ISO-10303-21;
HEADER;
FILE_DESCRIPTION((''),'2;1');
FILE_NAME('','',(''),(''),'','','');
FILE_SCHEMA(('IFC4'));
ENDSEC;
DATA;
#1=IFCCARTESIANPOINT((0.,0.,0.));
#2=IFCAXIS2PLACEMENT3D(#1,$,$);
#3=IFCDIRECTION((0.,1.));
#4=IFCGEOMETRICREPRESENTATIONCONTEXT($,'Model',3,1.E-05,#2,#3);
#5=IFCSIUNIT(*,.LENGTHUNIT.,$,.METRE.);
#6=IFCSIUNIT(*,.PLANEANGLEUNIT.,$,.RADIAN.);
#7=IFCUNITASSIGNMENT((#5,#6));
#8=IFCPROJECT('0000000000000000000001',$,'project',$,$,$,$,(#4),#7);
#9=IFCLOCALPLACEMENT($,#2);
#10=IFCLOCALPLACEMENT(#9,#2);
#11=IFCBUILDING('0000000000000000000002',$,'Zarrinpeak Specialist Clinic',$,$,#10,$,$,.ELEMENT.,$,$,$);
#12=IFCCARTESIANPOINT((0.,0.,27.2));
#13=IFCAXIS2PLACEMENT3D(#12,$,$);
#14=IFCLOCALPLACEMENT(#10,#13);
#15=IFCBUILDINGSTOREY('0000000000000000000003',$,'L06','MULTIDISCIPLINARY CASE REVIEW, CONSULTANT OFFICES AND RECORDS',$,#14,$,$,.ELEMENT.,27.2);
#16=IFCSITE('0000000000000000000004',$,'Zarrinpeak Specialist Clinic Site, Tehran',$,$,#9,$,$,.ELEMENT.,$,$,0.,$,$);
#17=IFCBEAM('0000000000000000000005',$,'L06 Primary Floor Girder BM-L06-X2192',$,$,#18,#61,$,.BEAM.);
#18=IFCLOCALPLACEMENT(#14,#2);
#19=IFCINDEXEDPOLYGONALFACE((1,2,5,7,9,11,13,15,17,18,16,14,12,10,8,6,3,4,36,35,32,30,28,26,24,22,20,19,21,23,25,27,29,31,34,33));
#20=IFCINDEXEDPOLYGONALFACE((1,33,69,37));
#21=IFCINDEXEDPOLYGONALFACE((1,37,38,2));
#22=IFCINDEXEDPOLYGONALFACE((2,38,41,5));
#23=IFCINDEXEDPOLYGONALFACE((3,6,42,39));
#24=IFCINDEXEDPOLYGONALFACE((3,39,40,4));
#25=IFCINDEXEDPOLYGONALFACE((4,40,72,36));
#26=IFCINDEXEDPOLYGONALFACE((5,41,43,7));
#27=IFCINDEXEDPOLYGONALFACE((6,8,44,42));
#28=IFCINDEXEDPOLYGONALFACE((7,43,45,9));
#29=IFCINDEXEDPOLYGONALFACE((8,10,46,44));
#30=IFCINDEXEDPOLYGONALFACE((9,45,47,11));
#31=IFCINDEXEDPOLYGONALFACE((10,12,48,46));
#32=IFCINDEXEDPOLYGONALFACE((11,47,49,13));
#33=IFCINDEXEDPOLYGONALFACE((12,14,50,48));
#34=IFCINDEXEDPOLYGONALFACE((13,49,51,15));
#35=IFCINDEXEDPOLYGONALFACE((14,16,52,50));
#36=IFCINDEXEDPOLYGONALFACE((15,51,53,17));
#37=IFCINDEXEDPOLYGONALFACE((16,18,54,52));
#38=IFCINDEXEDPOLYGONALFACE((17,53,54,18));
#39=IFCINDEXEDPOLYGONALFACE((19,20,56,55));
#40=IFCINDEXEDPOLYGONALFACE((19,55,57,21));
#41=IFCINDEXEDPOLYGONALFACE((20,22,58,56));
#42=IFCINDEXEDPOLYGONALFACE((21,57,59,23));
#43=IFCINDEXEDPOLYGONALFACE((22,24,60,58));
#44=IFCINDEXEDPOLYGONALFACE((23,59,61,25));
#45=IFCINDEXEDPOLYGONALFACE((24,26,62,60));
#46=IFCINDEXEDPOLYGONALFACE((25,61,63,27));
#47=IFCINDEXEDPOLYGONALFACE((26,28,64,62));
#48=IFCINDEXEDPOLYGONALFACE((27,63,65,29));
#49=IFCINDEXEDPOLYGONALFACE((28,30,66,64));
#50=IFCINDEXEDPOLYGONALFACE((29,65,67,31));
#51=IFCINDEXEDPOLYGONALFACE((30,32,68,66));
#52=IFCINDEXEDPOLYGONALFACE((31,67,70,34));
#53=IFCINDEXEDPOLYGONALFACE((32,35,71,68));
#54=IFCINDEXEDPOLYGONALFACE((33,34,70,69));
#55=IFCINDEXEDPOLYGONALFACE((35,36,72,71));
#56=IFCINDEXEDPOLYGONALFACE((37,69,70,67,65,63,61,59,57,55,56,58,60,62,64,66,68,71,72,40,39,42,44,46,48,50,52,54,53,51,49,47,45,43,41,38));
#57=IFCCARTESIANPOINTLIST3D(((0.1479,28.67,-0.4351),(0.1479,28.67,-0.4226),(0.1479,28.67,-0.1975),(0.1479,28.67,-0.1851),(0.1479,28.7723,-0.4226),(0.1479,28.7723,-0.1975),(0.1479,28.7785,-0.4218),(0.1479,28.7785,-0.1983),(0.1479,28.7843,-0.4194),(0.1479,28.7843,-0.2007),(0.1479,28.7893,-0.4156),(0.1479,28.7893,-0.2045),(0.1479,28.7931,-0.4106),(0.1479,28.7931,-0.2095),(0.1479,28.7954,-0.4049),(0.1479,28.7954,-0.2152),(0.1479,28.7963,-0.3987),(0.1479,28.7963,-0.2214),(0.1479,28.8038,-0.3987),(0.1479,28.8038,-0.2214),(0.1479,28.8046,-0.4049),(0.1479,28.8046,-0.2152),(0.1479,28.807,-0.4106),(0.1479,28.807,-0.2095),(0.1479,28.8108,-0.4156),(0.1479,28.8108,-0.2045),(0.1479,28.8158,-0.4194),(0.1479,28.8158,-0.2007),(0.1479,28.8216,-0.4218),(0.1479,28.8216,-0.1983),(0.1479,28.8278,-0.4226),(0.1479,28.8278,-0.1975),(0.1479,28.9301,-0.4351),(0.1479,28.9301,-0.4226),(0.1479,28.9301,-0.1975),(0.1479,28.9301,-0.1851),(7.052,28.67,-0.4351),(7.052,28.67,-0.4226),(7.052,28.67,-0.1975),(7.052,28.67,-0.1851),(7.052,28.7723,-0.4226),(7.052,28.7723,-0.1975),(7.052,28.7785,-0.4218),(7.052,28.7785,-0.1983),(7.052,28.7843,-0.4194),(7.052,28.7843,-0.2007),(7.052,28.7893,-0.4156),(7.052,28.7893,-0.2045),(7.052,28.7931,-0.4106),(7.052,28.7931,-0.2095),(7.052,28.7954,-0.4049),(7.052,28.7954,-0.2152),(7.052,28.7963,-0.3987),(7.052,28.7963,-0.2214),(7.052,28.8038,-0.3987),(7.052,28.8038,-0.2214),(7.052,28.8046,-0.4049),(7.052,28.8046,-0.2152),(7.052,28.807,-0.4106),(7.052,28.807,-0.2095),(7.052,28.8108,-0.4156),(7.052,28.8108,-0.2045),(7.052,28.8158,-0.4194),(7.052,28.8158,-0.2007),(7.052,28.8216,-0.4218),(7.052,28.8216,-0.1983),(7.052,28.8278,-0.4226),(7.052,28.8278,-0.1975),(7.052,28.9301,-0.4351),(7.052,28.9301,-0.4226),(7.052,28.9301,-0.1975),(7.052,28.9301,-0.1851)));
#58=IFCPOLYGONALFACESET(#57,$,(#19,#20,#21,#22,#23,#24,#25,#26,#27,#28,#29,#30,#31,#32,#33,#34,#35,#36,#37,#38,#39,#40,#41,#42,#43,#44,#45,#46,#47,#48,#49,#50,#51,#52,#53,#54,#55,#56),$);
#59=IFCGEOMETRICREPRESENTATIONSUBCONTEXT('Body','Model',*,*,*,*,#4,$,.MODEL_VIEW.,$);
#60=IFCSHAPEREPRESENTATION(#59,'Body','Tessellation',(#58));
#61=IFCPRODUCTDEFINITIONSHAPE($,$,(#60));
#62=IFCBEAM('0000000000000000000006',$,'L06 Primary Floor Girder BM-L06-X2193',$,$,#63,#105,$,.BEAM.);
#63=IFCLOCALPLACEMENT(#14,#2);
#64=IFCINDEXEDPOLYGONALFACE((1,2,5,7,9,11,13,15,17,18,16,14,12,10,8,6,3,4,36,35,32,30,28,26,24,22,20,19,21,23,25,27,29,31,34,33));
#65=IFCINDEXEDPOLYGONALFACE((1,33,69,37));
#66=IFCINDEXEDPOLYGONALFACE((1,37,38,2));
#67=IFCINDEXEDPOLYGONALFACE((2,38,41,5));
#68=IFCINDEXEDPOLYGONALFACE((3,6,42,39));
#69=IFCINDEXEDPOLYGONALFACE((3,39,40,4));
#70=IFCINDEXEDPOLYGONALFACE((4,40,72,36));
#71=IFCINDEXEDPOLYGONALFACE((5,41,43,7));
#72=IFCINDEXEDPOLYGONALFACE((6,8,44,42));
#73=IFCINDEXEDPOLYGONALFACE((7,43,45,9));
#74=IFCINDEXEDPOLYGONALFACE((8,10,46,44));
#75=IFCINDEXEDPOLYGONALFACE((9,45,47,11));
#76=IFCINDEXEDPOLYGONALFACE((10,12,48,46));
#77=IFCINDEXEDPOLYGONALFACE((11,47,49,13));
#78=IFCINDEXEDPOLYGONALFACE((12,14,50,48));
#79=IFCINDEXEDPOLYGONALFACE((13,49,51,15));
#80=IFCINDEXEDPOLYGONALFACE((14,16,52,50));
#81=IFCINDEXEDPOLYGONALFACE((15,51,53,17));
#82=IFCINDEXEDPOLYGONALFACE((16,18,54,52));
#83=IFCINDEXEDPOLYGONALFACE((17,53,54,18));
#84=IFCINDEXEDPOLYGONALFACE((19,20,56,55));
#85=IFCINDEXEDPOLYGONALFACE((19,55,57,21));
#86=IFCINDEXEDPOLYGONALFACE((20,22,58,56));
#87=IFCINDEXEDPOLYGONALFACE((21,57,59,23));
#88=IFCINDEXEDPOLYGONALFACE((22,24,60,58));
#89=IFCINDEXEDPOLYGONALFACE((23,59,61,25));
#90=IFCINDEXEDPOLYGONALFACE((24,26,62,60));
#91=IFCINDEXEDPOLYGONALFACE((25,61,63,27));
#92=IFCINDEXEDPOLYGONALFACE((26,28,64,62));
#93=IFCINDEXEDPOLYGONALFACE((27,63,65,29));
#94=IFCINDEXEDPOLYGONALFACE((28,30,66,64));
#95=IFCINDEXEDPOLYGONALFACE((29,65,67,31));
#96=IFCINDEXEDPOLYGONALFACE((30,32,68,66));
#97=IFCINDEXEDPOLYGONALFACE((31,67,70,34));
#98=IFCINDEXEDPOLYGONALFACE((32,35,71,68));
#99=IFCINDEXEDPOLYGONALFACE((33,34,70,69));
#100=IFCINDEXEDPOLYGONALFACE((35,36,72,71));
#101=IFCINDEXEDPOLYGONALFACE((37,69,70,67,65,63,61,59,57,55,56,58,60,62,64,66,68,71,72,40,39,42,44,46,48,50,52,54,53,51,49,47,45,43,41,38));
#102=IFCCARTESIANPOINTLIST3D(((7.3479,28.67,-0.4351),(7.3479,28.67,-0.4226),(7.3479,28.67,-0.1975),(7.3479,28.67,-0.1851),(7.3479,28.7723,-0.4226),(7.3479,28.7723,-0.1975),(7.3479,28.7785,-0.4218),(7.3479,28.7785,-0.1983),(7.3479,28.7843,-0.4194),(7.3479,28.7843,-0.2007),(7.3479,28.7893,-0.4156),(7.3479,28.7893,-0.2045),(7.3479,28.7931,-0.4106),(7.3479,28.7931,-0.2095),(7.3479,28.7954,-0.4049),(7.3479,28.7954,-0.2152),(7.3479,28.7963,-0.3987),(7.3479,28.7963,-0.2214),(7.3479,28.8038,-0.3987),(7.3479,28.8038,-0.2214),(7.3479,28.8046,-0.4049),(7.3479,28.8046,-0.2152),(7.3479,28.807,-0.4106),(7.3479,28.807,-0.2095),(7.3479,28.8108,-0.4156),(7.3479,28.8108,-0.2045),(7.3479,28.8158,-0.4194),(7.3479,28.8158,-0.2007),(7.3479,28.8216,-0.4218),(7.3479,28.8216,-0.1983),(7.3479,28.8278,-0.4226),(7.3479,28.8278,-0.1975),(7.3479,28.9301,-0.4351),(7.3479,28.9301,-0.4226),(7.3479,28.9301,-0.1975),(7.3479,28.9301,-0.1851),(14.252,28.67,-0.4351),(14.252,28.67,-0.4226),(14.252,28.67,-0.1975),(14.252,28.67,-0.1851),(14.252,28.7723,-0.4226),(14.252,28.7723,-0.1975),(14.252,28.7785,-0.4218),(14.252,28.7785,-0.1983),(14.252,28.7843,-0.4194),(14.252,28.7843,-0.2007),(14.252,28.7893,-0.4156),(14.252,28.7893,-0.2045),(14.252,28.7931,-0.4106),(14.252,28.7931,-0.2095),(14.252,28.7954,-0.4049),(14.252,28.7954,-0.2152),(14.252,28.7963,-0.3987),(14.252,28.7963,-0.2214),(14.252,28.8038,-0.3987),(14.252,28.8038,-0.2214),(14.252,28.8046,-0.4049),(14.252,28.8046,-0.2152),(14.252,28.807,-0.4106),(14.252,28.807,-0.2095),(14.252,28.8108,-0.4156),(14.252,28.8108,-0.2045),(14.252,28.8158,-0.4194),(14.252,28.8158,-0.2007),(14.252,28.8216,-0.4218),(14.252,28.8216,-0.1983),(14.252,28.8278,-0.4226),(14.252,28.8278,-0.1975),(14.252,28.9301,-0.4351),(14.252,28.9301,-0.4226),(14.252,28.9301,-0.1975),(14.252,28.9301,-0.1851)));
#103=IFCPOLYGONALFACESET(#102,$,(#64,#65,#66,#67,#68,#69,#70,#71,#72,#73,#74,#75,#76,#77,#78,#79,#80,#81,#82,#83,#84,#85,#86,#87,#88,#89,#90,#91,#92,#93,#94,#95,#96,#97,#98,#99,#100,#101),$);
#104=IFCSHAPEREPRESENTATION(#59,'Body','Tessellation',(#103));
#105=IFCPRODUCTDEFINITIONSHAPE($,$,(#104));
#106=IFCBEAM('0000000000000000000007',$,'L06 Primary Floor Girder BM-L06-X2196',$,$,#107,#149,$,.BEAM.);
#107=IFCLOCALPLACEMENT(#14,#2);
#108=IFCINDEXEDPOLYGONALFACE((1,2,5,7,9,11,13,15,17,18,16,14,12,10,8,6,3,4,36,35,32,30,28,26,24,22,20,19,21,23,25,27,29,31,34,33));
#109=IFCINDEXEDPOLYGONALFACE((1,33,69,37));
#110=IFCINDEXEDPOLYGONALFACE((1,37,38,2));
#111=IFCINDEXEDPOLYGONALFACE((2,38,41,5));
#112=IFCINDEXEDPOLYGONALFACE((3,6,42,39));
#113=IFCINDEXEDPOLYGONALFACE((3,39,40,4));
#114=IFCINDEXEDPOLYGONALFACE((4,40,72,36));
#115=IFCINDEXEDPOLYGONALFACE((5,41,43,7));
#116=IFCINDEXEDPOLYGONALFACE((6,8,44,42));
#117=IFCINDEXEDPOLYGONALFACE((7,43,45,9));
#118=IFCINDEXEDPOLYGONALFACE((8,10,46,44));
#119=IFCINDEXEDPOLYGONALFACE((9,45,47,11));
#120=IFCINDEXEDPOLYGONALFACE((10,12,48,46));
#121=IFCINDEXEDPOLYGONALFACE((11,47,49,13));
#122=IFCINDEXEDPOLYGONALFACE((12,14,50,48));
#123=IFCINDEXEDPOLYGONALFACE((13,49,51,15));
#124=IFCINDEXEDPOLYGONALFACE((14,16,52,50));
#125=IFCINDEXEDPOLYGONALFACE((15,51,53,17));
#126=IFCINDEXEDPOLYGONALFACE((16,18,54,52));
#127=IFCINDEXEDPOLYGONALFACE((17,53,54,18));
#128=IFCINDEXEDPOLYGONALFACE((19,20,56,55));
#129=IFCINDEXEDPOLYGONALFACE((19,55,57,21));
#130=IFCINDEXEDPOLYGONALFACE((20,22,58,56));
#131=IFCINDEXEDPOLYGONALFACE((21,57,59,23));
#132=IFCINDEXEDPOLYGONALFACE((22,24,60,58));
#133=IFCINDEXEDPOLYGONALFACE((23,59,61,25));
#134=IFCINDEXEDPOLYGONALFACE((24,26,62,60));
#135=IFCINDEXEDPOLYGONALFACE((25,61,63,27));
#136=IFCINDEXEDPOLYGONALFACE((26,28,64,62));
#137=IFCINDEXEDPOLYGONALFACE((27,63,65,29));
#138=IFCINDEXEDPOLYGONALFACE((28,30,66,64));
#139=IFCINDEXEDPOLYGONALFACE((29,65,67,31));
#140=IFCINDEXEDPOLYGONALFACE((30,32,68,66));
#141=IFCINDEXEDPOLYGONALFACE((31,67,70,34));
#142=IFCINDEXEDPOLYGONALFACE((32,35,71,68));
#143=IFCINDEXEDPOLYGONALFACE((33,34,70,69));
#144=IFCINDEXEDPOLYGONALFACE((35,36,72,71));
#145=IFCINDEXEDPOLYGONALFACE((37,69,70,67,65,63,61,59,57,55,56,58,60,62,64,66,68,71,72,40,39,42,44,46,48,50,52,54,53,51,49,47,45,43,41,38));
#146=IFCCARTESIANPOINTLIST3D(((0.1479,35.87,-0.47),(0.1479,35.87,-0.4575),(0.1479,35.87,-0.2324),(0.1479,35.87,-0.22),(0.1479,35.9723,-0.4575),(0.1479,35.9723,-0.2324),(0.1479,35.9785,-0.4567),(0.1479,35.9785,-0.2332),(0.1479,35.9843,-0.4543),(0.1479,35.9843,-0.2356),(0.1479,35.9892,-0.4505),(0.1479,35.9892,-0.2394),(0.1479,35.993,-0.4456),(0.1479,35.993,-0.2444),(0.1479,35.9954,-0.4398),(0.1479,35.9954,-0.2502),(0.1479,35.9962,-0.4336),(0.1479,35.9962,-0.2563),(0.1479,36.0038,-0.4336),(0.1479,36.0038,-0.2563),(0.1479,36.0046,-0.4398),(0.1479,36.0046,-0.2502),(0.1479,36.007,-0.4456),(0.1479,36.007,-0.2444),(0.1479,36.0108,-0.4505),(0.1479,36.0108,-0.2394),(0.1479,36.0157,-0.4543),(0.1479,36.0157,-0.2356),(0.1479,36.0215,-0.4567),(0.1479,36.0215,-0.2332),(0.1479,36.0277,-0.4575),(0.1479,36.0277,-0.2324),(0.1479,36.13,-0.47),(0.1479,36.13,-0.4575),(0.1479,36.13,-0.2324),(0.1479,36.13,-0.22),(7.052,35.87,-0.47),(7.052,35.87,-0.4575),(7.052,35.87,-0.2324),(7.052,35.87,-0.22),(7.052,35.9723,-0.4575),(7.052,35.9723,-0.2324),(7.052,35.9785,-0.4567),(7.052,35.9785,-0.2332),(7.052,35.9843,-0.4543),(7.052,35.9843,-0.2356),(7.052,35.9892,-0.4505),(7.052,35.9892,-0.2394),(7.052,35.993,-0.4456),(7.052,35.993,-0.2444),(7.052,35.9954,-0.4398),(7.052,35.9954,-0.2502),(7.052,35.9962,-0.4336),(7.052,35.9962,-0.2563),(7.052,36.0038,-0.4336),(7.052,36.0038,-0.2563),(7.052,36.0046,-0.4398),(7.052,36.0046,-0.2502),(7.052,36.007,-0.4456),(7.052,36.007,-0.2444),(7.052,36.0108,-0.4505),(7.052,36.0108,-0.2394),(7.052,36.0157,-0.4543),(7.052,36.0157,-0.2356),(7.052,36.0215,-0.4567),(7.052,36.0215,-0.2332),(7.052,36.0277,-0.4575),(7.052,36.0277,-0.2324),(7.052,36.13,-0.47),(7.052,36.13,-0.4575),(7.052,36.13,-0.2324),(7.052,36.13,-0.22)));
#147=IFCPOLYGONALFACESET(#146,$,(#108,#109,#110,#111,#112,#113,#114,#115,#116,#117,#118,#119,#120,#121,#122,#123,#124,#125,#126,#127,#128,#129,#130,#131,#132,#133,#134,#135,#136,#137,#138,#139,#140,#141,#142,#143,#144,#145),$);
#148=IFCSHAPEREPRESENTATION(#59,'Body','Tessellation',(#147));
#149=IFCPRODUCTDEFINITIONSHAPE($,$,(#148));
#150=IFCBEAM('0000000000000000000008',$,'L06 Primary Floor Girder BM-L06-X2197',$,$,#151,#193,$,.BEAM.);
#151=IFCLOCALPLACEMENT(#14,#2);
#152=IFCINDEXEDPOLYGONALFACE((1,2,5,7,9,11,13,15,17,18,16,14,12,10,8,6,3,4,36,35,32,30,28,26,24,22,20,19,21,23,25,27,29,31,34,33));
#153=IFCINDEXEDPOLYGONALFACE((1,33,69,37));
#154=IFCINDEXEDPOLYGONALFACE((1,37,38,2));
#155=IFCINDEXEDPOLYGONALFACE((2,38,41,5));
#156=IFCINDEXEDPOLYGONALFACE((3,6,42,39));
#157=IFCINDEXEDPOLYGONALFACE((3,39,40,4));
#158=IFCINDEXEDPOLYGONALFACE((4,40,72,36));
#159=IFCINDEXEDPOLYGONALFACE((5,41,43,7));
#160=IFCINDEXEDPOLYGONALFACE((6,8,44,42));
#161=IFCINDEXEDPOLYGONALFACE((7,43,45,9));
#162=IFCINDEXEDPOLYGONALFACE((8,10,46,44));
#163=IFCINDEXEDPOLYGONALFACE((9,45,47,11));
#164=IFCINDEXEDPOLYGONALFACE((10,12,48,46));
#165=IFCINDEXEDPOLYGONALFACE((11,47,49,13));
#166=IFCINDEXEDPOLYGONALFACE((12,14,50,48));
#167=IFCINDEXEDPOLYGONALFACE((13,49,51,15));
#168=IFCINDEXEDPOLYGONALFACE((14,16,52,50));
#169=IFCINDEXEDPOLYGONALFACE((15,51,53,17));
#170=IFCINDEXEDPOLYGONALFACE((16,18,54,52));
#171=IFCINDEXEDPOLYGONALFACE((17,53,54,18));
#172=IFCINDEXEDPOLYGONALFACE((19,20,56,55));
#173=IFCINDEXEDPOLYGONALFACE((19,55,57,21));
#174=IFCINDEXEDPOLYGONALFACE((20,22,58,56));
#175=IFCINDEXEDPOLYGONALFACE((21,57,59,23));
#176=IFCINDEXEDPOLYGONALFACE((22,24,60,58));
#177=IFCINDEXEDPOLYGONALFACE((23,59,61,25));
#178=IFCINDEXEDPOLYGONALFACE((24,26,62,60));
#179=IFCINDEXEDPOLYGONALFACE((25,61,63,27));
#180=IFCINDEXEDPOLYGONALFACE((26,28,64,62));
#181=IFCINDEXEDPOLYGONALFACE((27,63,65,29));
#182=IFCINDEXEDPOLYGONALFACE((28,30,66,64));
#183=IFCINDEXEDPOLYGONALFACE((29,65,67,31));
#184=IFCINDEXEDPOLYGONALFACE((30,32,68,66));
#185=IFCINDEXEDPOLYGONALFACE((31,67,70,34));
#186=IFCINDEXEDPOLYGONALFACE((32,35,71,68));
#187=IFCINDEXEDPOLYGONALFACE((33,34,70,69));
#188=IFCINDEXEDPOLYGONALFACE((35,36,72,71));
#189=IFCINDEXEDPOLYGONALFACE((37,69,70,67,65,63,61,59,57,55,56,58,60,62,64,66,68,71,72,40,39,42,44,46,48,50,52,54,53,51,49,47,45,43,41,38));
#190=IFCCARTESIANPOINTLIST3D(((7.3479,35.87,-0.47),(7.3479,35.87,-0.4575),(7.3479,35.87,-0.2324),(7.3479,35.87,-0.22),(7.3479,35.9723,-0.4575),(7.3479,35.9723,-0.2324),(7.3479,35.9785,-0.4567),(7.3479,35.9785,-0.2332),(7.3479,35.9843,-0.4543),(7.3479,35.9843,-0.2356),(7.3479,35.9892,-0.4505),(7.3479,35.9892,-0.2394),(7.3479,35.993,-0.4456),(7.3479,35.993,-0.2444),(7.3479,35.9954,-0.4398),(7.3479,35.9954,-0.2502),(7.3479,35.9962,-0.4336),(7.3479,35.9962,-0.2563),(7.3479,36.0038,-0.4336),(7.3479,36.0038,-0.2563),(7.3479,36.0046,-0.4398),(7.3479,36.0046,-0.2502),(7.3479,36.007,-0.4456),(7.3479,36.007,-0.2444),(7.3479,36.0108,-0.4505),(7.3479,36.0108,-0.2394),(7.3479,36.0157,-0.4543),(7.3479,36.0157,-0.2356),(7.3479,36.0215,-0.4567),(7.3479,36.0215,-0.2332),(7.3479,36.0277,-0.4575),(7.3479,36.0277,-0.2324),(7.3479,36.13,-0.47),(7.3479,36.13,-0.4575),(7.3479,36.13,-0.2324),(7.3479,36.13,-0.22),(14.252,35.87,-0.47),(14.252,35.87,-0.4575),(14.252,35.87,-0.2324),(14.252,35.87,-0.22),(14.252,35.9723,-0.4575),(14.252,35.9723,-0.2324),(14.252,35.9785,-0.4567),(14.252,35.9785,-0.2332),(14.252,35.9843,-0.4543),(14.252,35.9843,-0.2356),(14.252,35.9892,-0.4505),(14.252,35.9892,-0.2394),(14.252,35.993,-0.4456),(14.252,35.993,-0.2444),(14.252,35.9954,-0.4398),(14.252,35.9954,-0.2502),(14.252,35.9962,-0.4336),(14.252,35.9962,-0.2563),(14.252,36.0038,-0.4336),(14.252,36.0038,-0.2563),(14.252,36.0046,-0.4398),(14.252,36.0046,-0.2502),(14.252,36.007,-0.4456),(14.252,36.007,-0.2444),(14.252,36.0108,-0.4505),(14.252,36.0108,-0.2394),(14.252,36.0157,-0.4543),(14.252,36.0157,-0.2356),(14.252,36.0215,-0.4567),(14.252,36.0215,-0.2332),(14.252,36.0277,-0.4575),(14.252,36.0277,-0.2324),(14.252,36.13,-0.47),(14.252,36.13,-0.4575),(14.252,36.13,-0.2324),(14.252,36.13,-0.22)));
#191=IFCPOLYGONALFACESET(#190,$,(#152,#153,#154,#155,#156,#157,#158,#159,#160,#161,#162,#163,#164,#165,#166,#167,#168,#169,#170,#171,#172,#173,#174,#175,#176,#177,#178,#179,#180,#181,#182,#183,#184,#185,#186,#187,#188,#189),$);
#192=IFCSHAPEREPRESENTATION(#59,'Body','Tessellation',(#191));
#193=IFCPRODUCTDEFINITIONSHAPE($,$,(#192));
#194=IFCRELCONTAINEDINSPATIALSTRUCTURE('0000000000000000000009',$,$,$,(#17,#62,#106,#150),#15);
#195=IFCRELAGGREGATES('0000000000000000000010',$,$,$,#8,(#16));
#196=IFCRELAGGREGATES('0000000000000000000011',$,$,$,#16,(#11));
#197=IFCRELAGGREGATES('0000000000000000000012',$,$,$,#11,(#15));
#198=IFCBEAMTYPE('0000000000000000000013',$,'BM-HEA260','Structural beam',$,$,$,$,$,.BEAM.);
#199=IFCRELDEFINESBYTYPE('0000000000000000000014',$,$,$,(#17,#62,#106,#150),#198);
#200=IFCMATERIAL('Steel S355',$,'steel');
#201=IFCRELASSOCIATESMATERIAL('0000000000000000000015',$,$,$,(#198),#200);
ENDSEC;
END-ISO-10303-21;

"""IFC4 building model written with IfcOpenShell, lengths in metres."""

from ifc_helpers import new_model, si_unit, direction, frame, origin, origin_2d, place, context, subcontext, project, spatial, i_section, extrude, material, material_profile, profile_set, type_object, element, save


model = new_model("IFC4")

# Units and contexts
model_context = context("Model", 3, precision=1e-05, world=origin(), true_north=direction((0.0, 1.0)))
body_context = subcontext(model_context, "Body", "Model", "MODEL_VIEW")
ifc_project = project(units=[si_unit("LENGTHUNIT", "METRE"), si_unit("PLANEANGLEUNIT", "RADIAN")], contexts=[model_context])

# Site, building, storey
site_placement = place(None, origin())
site = spatial("IfcSite", under=ifc_project, at=site_placement, Name="Zarrinpeak Specialist Clinic Site, Tehran", CompositionType="ELEMENT", RefElevation=0.0)
building_placement = place(site_placement, origin())
building = spatial("IfcBuilding", under=site, at=building_placement, Name="Zarrinpeak Specialist Clinic", CompositionType="ELEMENT")
storey_placement = place(building_placement, frame((0.0, 0.0, 27.2)))
storey = spatial("IfcBuildingStorey", under=building, at=storey_placement, Name="L06", Description="MULTIDISCIPLINARY CASE REVIEW, CONSULTANT OFFICES AND RECORDS", CompositionType="ELEMENT", Elevation=27.2)

# Shared definitions
ifc_material_1 = material(Name="Steel S355", Category="steel")

# Beams
ifc_material_profile_1 = material_profile(ifc_material_1, i_section(OverallWidth=0.26, OverallDepth=0.25, WebThickness=0.0076, FlangeThickness=0.0125, FilletRadius=0.0239, at=origin_2d()), Name="HEA 260")
ifc_profile_set_1 = profile_set([ifc_material_profile_1], Name="Steel S355")
beam_type_1 = type_object("IfcBeamType", Name="BM-HEA260", Description="Structural beam", PredefinedType="BEAM", material=ifc_profile_set_1)
for number, where, z_axis, x_axis, name in (
    (1, (0.1479, 28.8, -0.3101), (1.0, 0.0, 0.0), (0.0, 1.0, 0.0), "L06 Primary Floor Girder BM-L06-X2192"),
    (2, (7.3479, 28.8, -0.3101), (1.0, 0.0, 0.0), (0.0, 1.0, 0.0), "L06 Primary Floor Girder BM-L06-X2193"),
    (3, (0.1479, 36.0, -0.345), (1.0, 0.0, 0.0), (0.0, 1.0, 0.0), "L06 Primary Floor Girder BM-L06-X2196"),
    (4, (7.3479, 36.0, -0.345), (1.0, 0.0, 0.0), (0.0, 1.0, 0.0), "L06 Primary Floor Girder BM-L06-X2197"),
):
    element("IfcBeam", number, at=place(storey_placement, frame(where, z_axis=z_axis, x_axis=x_axis)), inside=storey, type_object=beam_type_1, Name=name, PredefinedType="BEAM", context=body_context, shape_type="SweptSolid", body=[
        extrude(i_section(OverallWidth=0.26, OverallDepth=0.25, WebThickness=0.0076, FlangeThickness=0.0125, FilletRadius=0.0239, at=origin_2d()), origin(), (0.0, 0.0, 1.0), 6.9041),
    ])

save(model, "model.ifc")
